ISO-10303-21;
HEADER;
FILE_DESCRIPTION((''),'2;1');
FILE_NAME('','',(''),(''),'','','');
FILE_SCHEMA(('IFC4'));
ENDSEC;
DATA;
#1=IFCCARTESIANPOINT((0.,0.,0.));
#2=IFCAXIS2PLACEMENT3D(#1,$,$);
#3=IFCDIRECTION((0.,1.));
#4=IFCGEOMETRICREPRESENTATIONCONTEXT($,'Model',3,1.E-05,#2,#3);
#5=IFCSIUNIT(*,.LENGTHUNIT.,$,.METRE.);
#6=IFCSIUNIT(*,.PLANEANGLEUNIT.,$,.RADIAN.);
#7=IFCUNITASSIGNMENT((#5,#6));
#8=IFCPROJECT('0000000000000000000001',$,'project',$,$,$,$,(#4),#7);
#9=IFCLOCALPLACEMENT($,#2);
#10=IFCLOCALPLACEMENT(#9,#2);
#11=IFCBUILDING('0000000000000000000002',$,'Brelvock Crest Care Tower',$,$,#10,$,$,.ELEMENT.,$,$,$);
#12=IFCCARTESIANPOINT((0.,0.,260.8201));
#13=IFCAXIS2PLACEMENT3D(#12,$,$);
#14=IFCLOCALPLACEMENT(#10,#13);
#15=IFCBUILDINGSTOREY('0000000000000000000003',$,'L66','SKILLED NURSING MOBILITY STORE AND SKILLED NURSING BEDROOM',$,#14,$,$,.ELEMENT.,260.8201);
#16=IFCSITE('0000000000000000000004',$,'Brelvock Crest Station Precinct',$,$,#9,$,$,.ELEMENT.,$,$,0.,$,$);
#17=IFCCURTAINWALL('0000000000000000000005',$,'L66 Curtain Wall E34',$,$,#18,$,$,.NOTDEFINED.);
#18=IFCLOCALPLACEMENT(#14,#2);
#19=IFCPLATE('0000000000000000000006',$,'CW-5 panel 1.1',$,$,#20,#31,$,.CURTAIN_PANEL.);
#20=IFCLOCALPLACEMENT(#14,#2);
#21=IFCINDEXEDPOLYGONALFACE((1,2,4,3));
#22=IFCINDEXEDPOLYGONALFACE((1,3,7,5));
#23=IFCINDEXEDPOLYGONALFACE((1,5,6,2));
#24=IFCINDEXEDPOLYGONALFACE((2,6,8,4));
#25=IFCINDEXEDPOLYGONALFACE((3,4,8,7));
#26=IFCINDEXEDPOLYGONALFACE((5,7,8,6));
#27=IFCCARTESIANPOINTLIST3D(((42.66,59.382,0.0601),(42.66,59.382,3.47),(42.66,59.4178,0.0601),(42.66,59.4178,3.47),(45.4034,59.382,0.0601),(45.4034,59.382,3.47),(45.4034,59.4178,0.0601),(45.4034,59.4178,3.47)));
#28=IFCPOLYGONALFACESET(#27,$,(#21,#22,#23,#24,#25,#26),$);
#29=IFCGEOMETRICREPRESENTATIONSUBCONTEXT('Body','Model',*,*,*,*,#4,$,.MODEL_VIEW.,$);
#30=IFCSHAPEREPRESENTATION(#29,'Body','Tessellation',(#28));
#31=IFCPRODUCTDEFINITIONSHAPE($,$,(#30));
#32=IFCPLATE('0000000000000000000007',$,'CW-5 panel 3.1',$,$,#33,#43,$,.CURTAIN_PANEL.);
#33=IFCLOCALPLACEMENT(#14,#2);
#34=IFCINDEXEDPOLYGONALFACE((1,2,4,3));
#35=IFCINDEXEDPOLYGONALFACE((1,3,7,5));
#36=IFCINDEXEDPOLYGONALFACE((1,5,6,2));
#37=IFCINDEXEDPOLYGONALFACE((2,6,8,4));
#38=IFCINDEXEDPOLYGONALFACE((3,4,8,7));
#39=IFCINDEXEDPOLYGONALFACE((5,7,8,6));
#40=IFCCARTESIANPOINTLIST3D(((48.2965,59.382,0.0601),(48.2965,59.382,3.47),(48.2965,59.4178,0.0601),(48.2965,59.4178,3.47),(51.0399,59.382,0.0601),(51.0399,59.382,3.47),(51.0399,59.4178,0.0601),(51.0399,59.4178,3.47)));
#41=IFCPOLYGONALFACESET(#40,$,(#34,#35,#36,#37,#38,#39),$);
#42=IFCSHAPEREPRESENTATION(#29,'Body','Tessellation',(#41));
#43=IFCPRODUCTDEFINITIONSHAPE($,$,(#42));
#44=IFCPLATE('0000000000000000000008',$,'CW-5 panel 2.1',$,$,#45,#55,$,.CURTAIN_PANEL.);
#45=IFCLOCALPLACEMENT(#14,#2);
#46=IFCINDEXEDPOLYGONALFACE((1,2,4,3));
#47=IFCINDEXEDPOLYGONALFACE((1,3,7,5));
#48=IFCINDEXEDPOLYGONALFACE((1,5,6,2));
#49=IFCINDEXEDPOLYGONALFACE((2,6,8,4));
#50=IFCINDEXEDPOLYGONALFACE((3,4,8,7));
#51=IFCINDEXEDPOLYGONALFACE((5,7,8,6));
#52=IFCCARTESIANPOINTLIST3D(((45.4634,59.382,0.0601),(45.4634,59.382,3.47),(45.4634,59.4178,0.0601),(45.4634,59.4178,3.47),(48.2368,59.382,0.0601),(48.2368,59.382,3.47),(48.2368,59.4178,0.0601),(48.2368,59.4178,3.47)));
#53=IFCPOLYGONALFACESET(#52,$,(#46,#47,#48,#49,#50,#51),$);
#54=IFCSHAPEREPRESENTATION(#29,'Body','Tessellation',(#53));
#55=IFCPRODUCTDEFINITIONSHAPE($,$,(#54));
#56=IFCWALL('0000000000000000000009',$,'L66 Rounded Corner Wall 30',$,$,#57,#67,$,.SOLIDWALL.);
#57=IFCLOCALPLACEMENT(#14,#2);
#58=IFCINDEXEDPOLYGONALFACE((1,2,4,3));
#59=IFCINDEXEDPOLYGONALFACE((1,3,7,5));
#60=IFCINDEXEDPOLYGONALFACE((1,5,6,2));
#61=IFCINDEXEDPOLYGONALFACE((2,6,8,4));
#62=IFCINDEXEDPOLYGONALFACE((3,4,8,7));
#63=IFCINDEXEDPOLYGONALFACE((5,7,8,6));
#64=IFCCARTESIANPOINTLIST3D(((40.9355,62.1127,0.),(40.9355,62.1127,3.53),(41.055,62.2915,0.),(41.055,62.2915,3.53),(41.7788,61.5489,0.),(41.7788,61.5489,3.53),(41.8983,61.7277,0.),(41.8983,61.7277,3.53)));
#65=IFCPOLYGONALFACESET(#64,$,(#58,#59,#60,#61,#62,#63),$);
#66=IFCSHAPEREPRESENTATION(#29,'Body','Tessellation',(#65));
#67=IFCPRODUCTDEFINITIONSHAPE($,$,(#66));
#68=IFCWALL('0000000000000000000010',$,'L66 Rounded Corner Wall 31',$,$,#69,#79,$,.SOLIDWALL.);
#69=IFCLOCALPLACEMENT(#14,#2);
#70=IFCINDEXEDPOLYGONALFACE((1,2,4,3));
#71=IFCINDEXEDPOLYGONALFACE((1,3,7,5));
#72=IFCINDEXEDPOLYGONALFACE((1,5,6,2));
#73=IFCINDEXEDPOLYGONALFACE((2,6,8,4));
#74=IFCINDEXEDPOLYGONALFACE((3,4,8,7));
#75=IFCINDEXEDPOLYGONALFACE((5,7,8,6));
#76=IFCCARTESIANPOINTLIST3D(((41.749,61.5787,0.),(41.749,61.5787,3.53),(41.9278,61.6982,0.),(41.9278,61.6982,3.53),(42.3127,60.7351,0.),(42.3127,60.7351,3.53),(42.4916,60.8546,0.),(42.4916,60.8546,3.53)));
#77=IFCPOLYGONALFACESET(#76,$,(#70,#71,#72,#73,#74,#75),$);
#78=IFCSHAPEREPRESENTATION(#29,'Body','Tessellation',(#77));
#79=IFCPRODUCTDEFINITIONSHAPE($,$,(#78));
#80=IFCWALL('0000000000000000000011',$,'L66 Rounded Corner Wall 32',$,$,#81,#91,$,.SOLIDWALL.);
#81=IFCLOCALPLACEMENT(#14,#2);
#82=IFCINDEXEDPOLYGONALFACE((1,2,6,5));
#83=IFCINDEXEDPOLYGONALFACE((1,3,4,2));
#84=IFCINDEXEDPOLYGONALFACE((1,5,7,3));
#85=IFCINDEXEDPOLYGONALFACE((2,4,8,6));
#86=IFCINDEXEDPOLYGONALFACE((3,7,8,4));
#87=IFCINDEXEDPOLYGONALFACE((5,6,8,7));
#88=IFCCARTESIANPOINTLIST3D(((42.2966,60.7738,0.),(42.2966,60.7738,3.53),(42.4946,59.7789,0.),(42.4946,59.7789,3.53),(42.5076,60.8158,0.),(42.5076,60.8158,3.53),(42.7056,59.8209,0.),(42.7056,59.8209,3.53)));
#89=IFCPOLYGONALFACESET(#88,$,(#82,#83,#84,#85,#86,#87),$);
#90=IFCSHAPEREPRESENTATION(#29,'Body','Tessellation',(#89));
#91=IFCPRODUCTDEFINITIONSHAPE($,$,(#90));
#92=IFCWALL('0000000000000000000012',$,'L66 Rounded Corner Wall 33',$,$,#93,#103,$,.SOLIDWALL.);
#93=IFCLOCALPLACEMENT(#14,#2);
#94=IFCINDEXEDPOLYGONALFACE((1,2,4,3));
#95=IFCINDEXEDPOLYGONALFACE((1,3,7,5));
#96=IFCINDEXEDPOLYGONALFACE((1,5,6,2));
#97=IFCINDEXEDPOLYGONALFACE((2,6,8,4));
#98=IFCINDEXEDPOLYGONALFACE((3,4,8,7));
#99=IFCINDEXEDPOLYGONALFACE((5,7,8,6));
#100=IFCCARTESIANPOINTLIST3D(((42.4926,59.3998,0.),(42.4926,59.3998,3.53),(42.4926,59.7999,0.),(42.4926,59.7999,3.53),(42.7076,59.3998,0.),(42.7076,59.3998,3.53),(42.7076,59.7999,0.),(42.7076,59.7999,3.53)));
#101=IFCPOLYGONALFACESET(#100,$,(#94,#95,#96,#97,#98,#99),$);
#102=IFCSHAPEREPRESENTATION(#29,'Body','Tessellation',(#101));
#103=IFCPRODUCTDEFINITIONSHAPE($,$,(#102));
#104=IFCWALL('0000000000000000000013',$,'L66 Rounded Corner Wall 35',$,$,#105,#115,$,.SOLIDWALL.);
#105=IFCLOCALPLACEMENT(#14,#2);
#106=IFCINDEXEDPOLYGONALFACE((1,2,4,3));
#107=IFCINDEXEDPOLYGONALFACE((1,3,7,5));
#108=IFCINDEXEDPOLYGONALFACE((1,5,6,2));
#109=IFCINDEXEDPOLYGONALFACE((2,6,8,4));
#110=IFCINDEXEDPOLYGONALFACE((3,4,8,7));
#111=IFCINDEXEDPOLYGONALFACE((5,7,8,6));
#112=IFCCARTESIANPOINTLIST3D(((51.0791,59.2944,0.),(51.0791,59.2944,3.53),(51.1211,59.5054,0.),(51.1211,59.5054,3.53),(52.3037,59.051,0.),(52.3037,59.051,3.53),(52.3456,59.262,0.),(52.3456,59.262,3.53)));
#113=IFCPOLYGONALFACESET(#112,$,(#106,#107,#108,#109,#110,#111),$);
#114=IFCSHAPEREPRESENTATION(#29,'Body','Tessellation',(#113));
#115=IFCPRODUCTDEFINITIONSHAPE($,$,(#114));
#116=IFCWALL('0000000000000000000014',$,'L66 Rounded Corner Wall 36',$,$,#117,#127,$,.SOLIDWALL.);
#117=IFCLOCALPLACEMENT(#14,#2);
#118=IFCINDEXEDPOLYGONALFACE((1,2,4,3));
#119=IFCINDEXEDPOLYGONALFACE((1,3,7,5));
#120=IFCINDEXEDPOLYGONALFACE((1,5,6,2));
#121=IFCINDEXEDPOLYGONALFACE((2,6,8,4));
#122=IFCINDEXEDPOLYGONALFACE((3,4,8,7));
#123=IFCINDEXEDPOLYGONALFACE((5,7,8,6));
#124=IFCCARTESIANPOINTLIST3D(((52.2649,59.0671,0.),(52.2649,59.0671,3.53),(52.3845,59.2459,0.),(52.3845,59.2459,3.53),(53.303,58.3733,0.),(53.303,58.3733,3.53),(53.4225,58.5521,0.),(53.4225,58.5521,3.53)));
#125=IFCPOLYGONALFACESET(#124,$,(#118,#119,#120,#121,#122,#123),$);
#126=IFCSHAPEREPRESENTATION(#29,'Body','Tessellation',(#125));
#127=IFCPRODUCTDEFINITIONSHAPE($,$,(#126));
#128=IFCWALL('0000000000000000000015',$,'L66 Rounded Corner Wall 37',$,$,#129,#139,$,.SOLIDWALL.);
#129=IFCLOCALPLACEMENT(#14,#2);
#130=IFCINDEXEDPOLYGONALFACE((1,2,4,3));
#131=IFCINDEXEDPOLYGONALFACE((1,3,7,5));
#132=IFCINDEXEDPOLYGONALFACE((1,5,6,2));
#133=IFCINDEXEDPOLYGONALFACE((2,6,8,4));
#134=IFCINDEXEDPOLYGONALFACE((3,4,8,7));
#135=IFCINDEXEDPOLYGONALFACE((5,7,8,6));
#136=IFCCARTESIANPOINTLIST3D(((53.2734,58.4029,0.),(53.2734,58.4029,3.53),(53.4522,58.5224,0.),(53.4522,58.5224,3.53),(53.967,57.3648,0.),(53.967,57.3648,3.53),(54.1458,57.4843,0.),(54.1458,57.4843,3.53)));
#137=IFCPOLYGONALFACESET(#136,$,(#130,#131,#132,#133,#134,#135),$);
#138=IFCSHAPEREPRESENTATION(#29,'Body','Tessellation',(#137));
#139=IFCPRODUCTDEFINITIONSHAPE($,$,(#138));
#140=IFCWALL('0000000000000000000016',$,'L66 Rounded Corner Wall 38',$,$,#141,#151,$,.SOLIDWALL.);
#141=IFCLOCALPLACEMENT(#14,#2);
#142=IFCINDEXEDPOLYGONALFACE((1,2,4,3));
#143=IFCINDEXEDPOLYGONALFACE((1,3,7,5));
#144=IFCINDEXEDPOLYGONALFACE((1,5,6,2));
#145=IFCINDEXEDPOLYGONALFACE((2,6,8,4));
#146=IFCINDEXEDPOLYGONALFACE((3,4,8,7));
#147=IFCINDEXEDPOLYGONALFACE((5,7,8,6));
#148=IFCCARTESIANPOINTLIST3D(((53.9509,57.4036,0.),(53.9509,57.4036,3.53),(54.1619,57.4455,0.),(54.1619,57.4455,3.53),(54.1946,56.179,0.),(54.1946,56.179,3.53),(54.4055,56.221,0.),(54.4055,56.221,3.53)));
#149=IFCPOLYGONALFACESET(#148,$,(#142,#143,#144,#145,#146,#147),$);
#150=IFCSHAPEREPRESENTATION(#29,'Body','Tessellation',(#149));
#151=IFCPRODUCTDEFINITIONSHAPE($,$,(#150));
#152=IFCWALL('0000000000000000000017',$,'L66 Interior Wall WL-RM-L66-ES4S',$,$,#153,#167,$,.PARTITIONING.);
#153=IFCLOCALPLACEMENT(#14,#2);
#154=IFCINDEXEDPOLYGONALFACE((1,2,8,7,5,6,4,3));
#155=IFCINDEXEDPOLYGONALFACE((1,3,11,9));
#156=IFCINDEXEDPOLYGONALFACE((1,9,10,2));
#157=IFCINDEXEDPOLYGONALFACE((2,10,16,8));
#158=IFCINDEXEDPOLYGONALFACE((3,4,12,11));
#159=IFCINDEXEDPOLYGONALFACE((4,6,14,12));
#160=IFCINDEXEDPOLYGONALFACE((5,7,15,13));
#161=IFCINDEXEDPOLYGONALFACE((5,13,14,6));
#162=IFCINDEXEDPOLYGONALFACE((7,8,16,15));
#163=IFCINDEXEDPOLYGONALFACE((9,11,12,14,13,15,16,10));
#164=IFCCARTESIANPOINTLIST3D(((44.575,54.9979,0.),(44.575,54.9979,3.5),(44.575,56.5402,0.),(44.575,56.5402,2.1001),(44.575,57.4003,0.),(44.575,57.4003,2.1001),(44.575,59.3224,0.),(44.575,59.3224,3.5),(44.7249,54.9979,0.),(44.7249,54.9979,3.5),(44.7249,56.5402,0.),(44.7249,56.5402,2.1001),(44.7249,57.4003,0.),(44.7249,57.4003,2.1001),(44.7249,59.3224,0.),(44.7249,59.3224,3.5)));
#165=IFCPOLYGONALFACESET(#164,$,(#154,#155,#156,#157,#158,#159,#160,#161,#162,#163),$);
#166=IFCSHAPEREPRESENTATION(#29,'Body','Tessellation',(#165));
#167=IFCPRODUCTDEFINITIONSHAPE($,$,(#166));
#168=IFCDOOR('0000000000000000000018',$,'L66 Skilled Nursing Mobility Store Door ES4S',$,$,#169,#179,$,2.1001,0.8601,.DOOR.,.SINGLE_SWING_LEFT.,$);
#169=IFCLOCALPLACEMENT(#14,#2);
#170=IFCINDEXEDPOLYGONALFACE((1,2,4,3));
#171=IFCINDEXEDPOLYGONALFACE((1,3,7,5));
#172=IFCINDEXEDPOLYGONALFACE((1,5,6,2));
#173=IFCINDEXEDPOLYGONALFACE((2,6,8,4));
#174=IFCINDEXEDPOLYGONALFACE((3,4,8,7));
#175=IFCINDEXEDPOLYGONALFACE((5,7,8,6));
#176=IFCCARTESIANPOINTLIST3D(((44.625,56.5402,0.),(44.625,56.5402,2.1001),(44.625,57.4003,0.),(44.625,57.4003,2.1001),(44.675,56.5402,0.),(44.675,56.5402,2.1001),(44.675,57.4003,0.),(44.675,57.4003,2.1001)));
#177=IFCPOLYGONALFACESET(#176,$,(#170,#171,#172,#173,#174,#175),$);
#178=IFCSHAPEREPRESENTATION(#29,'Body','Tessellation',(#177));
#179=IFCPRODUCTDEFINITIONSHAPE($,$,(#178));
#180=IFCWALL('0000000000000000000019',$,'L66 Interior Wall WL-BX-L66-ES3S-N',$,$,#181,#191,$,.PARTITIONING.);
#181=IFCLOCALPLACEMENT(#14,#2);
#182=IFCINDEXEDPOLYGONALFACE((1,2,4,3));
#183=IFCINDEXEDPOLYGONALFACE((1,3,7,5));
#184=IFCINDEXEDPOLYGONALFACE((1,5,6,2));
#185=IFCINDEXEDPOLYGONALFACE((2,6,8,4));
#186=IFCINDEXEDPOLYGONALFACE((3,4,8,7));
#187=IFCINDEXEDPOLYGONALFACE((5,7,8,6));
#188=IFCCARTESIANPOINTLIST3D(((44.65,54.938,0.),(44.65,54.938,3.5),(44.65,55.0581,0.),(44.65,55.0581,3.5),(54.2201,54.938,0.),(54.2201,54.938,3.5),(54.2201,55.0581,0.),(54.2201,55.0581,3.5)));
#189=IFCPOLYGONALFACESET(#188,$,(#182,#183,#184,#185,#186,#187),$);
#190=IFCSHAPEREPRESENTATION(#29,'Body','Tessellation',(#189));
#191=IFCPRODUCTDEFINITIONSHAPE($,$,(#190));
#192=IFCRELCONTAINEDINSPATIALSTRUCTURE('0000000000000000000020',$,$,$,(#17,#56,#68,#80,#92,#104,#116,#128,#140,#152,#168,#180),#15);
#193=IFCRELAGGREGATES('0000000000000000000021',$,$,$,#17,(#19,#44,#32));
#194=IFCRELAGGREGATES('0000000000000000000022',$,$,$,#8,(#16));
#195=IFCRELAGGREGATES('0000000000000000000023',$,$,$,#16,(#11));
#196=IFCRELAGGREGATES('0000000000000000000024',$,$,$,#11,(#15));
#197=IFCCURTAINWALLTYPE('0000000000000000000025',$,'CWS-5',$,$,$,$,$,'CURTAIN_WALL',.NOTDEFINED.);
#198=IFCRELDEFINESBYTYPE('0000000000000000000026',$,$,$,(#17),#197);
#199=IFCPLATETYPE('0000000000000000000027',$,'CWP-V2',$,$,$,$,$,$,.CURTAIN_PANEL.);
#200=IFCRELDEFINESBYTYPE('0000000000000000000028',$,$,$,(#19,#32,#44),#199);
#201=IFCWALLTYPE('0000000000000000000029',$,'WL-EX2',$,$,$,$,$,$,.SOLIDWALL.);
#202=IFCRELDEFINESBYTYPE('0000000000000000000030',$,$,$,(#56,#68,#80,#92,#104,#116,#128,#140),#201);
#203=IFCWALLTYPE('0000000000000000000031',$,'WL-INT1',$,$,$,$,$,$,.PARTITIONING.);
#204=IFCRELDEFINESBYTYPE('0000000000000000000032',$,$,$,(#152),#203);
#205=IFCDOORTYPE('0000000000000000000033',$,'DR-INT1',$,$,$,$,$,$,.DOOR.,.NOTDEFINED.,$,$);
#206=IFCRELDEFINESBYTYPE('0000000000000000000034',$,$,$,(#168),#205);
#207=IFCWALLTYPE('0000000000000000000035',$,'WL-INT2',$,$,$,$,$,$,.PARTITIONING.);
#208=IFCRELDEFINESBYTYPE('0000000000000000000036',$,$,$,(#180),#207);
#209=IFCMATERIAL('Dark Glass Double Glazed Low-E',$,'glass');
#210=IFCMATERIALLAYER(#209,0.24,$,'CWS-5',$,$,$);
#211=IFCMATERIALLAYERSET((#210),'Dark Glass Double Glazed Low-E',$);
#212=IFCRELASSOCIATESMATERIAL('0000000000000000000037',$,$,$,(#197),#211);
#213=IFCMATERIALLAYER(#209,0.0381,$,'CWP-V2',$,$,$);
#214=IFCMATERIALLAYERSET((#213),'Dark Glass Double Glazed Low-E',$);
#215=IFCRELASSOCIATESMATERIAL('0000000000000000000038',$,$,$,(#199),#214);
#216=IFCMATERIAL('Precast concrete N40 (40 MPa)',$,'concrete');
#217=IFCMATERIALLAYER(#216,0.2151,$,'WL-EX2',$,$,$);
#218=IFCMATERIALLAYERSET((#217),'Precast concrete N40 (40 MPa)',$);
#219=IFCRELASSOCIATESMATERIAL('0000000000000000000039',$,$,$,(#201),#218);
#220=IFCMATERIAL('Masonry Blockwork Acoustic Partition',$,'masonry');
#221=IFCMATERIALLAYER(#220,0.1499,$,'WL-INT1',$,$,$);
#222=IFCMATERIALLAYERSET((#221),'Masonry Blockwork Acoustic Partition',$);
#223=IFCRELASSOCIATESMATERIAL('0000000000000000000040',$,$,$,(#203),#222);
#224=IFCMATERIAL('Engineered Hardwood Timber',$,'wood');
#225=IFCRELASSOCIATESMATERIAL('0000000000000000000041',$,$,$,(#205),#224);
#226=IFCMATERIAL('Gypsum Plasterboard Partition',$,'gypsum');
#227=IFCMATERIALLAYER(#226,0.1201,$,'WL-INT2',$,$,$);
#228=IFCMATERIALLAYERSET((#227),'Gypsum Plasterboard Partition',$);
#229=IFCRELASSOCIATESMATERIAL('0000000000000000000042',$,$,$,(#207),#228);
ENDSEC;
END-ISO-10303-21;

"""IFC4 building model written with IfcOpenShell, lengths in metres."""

from ifc_helpers import new_model, si_unit, direction, frame, frame_2d, origin, origin_2d, place, context, subcontext, project, spatial, rectangle, extrude, source, transform, mapped, material, layer, layer_set, type_object, element, fill, aggregate, save


model = new_model("IFC4")

# Units and contexts
model_context = context("Model", 3, precision=1e-05, world=origin(), true_north=direction((0.0, 1.0)))
body_context = subcontext(model_context, "Body", "Model", "MODEL_VIEW")
ifc_project = project(units=[si_unit("LENGTHUNIT", "METRE"), si_unit("PLANEANGLEUNIT", "RADIAN")], contexts=[model_context])

# Site, building, storey
site_placement = place(None, origin())
site = spatial("IfcSite", under=ifc_project, at=site_placement, Name="Brelvock Crest Station Precinct", CompositionType="ELEMENT", RefElevation=0.0)
building_placement = place(site_placement, origin())
building = spatial("IfcBuilding", under=site, at=building_placement, Name="Brelvock Crest Care Tower", CompositionType="ELEMENT")
storey_placement = place(building_placement, frame((0.0, 0.0, 260.8201)))
storey = spatial("IfcBuildingStorey", under=building, at=storey_placement, Name="L66", Description="SKILLED NURSING MOBILITY STORE AND SKILLED NURSING BEDROOM", CompositionType="ELEMENT", Elevation=260.8201)

# Curtain wall
ifc_material_1 = material(Name="Dark Glass Double Glazed Low-E", Category="glass")
ifc_layer_1 = layer(ifc_material_1, 0.24, Name="CWS-5")
ifc_layer_set_1 = layer_set([ifc_layer_1], Name="Dark Glass Double Glazed Low-E")
curtain_wall_type = type_object("IfcCurtainWallType", Name="CWS-5", ElementType="CURTAIN_WALL", PredefinedType="NOTDEFINED", material=ifc_layer_set_1)
curtain_wall_1_placement = place(storey_placement, origin())
curtain_wall_1 = element("IfcCurtainWall", 1, at=curtain_wall_1_placement, inside=storey, type_object=curtain_wall_type, Name="L66 Curtain Wall E34", PredefinedType="NOTDEFINED")

# Plates
ifc_layer_2 = layer(ifc_material_1, 0.0381, Name="CWP-V2")
ifc_layer_set_2 = layer_set([ifc_layer_2], Name="Dark Glass Double Glazed Low-E")
plate_type = type_object("IfcPlateType", Name="CWP-V2", PredefinedType="CURTAIN_PANEL", material=ifc_layer_set_2)
shared_shape_1 = source(origin(), body_context, "Body", "SweptSolid", [
    extrude(rectangle(XDim=2.7434, YDim=0.0359, at=origin_2d()), origin(), (0.0, 0.0, 1.0), 3.4099),
])
plate_1_placement = place(storey_placement, frame((44.0317, 59.3999, 0.0601), z_axis=(0.0, 0.0, 1.0), x_axis=(1.0, 0.0, 0.0)))
plate_1 = element("IfcPlate", 2, at=plate_1_placement, type_object=plate_type, Name="CW-5 panel 1.1", PredefinedType="CURTAIN_PANEL", context=body_context, shape_type="MappedRepresentation", body=[
    mapped(shared_shape_1, transform((0.0, 0.0, 0.0), x_axis=(1.0, 0.0, 0.0), y_axis=(0.0, 1.0, 0.0), z_axis=(0.0, 0.0, 1.0), scale=1.0)),
])
plate_2_placement = place(storey_placement, frame((49.6682, 59.3999, 0.0601), z_axis=(0.0, 0.0, 1.0), x_axis=(1.0, 0.0, 0.0)))
plate_2 = element("IfcPlate", 3, at=plate_2_placement, type_object=plate_type, Name="CW-5 panel 3.1", PredefinedType="CURTAIN_PANEL", context=body_context, shape_type="MappedRepresentation", body=[
    mapped(shared_shape_1, transform((0.0, 0.0, 0.0), x_axis=(1.0, 0.0, 0.0), y_axis=(0.0, 1.0, 0.0), z_axis=(0.0, 0.0, 1.0), scale=1.0)),
])
shared_shape_2 = source(origin(), body_context, "Body", "SweptSolid", [
    extrude(rectangle(XDim=2.7734, YDim=0.0359, at=origin_2d()), origin(), (0.0, 0.0, 1.0), 3.4099),
])
plate_3_placement = place(storey_placement, frame((46.8501, 59.3999, 0.0601), z_axis=(0.0, 0.0, 1.0), x_axis=(1.0, 0.0, 0.0)))
plate_3 = element("IfcPlate", 4, at=plate_3_placement, type_object=plate_type, Name="CW-5 panel 2.1", PredefinedType="CURTAIN_PANEL", context=body_context, shape_type="MappedRepresentation", body=[
    mapped(shared_shape_2, transform((0.0, 0.0, 0.0), x_axis=(1.0, 0.0, 0.0), y_axis=(0.0, 1.0, 0.0), z_axis=(0.0, 0.0, 1.0), scale=1.0)),
])
aggregate(curtain_wall_1, [plate_1, plate_3, plate_2])

# Walls
ifc_material_2 = material(Name="Precast concrete N40 (40 MPa)", Category="concrete")
ifc_layer_3 = layer(ifc_material_2, 0.2151, Name="WL-EX2")
ifc_layer_set_3 = layer_set([ifc_layer_3], Name="Precast concrete N40 (40 MPa)")
wall_type_1 = type_object("IfcWallType", Name="WL-EX2", PredefinedType="SOLIDWALL", material=ifc_layer_set_3)
wall_1_placement = place(storey_placement, frame((40.9951, 62.2021, 0.0), z_axis=(0.0, 0.0, 1.0), x_axis=(0.831346, -0.555755, 0.0)))
element("IfcWall", 5, at=wall_1_placement, inside=storey, type_object=wall_type_1, Name="L66 Rounded Corner Wall 30", PredefinedType="SOLIDWALL", context=body_context, shape_type="SweptSolid", body=[
    extrude(rectangle(XDim=1.0144, YDim=0.2151, at=frame_2d((0.5073, 0.0))), origin(), (0.0, 0.0, 1.0), 3.53),
])
wall_2_placement = place(storey_placement, frame((41.8384, 61.6384, 0.0), z_axis=(0.0, 0.0, 1.0), x_axis=(0.555644, -0.83142, 0.0)))
element("IfcWall", 6, at=wall_2_placement, inside=storey, type_object=wall_type_1, Name="L66 Rounded Corner Wall 31", PredefinedType="SOLIDWALL", context=body_context, shape_type="SweptSolid", body=[
    extrude(rectangle(XDim=1.0146, YDim=0.2151, at=frame_2d((0.5073, 0.0))), origin(), (0.0, 0.0, 1.0), 3.53),
])
wall_3_placement = place(storey_placement, frame((42.4021, 60.7949, 0.0), z_axis=(0.0, 0.0, 1.0), x_axis=(0.19519, -0.980765, 0.0)))
element("IfcWall", 7, at=wall_3_placement, inside=storey, type_object=wall_type_1, Name="L66 Rounded Corner Wall 32", PredefinedType="SOLIDWALL", context=body_context, shape_type="SweptSolid", body=[
    extrude(rectangle(XDim=1.0144, YDim=0.2151, at=frame_2d((0.5073, 0.0))), origin(), (0.0, 0.0, 1.0), 3.53),
])
wall_4_placement = place(storey_placement, frame((42.6001, 59.8, 0.0), z_axis=(0.0, 0.0, 1.0), x_axis=(0.0, -1.0, 0.0)))
element("IfcWall", 8, at=wall_4_placement, inside=storey, type_object=wall_type_1, Name="L66 Rounded Corner Wall 33", PredefinedType="SOLIDWALL", context=body_context, shape_type="SweptSolid", body=[
    extrude(rectangle(XDim=0.4001, YDim=0.2151, at=frame_2d((0.2002, 0.0))), origin(), (0.0, 0.0, 1.0), 3.53),
])
for number, where, z_axis, x_axis, name in (
    (9, (51.1001, 59.3999, 0.0), (0.0, 0.0, 1.0), (0.980813, -0.19495, 0.0), "L66 Rounded Corner Wall 35"),
    (10, (52.3247, 59.1565, 0.0), (0.0, 0.0, 1.0), (0.831388, -0.555692, 0.0), "L66 Rounded Corner Wall 36"),
    (11, (53.3628, 58.4626, 0.0), (0.0, 0.0, 1.0), (0.555557, -0.831478, 0.0), "L66 Rounded Corner Wall 37"),
    (12, (54.0564, 57.4246, 0.0), (0.0, 0.0, 1.0), (0.195138, -0.980776, 0.0), "L66 Rounded Corner Wall 38"),
):
    element("IfcWall", number, at=place(storey_placement, frame(where, z_axis=z_axis, x_axis=x_axis)), inside=storey, type_object=wall_type_1, Name=name, PredefinedType="SOLIDWALL", context=body_context, shape_type="SweptSolid", body=[
        extrude(rectangle(XDim=1.2485, YDim=0.2151, at=frame_2d((0.6243, 0.0))), origin(), (0.0, 0.0, 1.0), 3.53),
    ])

# Wall, opening, door
ifc_material_3 = material(Name="Masonry Blockwork Acoustic Partition", Category="masonry")
ifc_layer_4 = layer(ifc_material_3, 0.1499, Name="WL-INT1")
ifc_layer_set_4 = layer_set([ifc_layer_4], Name="Masonry Blockwork Acoustic Partition")
wall_type_2 = type_object("IfcWallType", Name="WL-INT1", PredefinedType="PARTITIONING", material=ifc_layer_set_4)
wall_5_placement = place(storey_placement, frame((44.6499, 54.998, 0.0), z_axis=(0.0, 0.0, 1.0), x_axis=(0.0, 1.0, 0.0)))
wall_5 = element("IfcWall", 13, at=wall_5_placement, inside=storey, type_object=wall_type_2, Name="L66 Interior Wall WL-RM-L66-ES4S", PredefinedType="PARTITIONING", context=body_context, shape_type="SweptSolid", body=[
    extrude(rectangle(XDim=4.3245, YDim=0.1499, at=frame_2d((2.1621, 0.0))), origin(), (0.0, 0.0, 1.0), 3.5),
])
opening_placement = place(wall_5_placement, frame((1.542, 0.0, 0.0)))
opening = element("IfcOpeningElement", 14, at=opening_placement, cuts=wall_5, PredefinedType="OPENING", context=body_context, shape_type="SweptSolid", body=[
    extrude(rectangle(XDim=0.8601, YDim=2.1001, at=origin_2d()), frame((0.4302, 0.085, 1.05), z_axis=(0.0, -1.0, 0.0), x_axis=(1.0, 0.0, 0.0)), (0.0, 0.0, 1.0), 0.1699),
])
ifc_material_4 = material(Name="Engineered Hardwood Timber", Category="wood")
door_type = type_object("IfcDoorType", Name="DR-INT1", OperationType="NOTDEFINED", PredefinedType="DOOR", material=ifc_material_4)
shared_shape_3 = source(origin(), body_context, "Body", "SweptSolid", [
    extrude(rectangle(XDim=0.8601, YDim=2.1001, at=origin_2d()), frame((0.4302, 0.0249, 1.05), z_axis=(0.0, -1.0, 0.0), x_axis=(1.0, 0.0, 0.0)), (0.0, 0.0, 1.0), 0.05),
])
door_placement = place(opening_placement, origin())
door = element("IfcDoor", 15, at=door_placement, inside=storey, type_object=door_type, Name="L66 Skilled Nursing Mobility Store Door ES4S", OperationType="SINGLE_SWING_LEFT", OverallHeight=2.1001, OverallWidth=0.8601, PredefinedType="DOOR", context=body_context, shape_type="MappedRepresentation", body=[
    mapped(shared_shape_3, transform((0.0, 0.0, 0.0), x_axis=(1.0, 0.0, 0.0), y_axis=(0.0, 1.0, 0.0), z_axis=(0.0, 0.0, 1.0), scale=1.0)),
])
fill(opening, door)

# Wall
ifc_material_5 = material(Name="Gypsum Plasterboard Partition", Category="gypsum")
ifc_layer_5 = layer(ifc_material_5, 0.1201, Name="WL-INT2")
ifc_layer_set_5 = layer_set([ifc_layer_5], Name="Gypsum Plasterboard Partition")
wall_type_3 = type_object("IfcWallType", Name="WL-INT2", PredefinedType="PARTITIONING", material=ifc_layer_set_5)
wall_6_placement = place(storey_placement, frame((44.6499, 54.998, 0.0), z_axis=(0.0, 0.0, 1.0), x_axis=(1.0, 0.0, 0.0)))
element("IfcWall", 16, at=wall_6_placement, inside=storey, type_object=wall_type_3, Name="L66 Interior Wall WL-BX-L66-ES3S-N", PredefinedType="PARTITIONING", context=body_context, shape_type="SweptSolid", body=[
    extrude(rectangle(XDim=9.5701, YDim=0.1201, at=frame_2d((4.7852, 0.0))), origin(), (0.0, 0.0, 1.0), 3.5),
])

save(model, "model.ifc")
